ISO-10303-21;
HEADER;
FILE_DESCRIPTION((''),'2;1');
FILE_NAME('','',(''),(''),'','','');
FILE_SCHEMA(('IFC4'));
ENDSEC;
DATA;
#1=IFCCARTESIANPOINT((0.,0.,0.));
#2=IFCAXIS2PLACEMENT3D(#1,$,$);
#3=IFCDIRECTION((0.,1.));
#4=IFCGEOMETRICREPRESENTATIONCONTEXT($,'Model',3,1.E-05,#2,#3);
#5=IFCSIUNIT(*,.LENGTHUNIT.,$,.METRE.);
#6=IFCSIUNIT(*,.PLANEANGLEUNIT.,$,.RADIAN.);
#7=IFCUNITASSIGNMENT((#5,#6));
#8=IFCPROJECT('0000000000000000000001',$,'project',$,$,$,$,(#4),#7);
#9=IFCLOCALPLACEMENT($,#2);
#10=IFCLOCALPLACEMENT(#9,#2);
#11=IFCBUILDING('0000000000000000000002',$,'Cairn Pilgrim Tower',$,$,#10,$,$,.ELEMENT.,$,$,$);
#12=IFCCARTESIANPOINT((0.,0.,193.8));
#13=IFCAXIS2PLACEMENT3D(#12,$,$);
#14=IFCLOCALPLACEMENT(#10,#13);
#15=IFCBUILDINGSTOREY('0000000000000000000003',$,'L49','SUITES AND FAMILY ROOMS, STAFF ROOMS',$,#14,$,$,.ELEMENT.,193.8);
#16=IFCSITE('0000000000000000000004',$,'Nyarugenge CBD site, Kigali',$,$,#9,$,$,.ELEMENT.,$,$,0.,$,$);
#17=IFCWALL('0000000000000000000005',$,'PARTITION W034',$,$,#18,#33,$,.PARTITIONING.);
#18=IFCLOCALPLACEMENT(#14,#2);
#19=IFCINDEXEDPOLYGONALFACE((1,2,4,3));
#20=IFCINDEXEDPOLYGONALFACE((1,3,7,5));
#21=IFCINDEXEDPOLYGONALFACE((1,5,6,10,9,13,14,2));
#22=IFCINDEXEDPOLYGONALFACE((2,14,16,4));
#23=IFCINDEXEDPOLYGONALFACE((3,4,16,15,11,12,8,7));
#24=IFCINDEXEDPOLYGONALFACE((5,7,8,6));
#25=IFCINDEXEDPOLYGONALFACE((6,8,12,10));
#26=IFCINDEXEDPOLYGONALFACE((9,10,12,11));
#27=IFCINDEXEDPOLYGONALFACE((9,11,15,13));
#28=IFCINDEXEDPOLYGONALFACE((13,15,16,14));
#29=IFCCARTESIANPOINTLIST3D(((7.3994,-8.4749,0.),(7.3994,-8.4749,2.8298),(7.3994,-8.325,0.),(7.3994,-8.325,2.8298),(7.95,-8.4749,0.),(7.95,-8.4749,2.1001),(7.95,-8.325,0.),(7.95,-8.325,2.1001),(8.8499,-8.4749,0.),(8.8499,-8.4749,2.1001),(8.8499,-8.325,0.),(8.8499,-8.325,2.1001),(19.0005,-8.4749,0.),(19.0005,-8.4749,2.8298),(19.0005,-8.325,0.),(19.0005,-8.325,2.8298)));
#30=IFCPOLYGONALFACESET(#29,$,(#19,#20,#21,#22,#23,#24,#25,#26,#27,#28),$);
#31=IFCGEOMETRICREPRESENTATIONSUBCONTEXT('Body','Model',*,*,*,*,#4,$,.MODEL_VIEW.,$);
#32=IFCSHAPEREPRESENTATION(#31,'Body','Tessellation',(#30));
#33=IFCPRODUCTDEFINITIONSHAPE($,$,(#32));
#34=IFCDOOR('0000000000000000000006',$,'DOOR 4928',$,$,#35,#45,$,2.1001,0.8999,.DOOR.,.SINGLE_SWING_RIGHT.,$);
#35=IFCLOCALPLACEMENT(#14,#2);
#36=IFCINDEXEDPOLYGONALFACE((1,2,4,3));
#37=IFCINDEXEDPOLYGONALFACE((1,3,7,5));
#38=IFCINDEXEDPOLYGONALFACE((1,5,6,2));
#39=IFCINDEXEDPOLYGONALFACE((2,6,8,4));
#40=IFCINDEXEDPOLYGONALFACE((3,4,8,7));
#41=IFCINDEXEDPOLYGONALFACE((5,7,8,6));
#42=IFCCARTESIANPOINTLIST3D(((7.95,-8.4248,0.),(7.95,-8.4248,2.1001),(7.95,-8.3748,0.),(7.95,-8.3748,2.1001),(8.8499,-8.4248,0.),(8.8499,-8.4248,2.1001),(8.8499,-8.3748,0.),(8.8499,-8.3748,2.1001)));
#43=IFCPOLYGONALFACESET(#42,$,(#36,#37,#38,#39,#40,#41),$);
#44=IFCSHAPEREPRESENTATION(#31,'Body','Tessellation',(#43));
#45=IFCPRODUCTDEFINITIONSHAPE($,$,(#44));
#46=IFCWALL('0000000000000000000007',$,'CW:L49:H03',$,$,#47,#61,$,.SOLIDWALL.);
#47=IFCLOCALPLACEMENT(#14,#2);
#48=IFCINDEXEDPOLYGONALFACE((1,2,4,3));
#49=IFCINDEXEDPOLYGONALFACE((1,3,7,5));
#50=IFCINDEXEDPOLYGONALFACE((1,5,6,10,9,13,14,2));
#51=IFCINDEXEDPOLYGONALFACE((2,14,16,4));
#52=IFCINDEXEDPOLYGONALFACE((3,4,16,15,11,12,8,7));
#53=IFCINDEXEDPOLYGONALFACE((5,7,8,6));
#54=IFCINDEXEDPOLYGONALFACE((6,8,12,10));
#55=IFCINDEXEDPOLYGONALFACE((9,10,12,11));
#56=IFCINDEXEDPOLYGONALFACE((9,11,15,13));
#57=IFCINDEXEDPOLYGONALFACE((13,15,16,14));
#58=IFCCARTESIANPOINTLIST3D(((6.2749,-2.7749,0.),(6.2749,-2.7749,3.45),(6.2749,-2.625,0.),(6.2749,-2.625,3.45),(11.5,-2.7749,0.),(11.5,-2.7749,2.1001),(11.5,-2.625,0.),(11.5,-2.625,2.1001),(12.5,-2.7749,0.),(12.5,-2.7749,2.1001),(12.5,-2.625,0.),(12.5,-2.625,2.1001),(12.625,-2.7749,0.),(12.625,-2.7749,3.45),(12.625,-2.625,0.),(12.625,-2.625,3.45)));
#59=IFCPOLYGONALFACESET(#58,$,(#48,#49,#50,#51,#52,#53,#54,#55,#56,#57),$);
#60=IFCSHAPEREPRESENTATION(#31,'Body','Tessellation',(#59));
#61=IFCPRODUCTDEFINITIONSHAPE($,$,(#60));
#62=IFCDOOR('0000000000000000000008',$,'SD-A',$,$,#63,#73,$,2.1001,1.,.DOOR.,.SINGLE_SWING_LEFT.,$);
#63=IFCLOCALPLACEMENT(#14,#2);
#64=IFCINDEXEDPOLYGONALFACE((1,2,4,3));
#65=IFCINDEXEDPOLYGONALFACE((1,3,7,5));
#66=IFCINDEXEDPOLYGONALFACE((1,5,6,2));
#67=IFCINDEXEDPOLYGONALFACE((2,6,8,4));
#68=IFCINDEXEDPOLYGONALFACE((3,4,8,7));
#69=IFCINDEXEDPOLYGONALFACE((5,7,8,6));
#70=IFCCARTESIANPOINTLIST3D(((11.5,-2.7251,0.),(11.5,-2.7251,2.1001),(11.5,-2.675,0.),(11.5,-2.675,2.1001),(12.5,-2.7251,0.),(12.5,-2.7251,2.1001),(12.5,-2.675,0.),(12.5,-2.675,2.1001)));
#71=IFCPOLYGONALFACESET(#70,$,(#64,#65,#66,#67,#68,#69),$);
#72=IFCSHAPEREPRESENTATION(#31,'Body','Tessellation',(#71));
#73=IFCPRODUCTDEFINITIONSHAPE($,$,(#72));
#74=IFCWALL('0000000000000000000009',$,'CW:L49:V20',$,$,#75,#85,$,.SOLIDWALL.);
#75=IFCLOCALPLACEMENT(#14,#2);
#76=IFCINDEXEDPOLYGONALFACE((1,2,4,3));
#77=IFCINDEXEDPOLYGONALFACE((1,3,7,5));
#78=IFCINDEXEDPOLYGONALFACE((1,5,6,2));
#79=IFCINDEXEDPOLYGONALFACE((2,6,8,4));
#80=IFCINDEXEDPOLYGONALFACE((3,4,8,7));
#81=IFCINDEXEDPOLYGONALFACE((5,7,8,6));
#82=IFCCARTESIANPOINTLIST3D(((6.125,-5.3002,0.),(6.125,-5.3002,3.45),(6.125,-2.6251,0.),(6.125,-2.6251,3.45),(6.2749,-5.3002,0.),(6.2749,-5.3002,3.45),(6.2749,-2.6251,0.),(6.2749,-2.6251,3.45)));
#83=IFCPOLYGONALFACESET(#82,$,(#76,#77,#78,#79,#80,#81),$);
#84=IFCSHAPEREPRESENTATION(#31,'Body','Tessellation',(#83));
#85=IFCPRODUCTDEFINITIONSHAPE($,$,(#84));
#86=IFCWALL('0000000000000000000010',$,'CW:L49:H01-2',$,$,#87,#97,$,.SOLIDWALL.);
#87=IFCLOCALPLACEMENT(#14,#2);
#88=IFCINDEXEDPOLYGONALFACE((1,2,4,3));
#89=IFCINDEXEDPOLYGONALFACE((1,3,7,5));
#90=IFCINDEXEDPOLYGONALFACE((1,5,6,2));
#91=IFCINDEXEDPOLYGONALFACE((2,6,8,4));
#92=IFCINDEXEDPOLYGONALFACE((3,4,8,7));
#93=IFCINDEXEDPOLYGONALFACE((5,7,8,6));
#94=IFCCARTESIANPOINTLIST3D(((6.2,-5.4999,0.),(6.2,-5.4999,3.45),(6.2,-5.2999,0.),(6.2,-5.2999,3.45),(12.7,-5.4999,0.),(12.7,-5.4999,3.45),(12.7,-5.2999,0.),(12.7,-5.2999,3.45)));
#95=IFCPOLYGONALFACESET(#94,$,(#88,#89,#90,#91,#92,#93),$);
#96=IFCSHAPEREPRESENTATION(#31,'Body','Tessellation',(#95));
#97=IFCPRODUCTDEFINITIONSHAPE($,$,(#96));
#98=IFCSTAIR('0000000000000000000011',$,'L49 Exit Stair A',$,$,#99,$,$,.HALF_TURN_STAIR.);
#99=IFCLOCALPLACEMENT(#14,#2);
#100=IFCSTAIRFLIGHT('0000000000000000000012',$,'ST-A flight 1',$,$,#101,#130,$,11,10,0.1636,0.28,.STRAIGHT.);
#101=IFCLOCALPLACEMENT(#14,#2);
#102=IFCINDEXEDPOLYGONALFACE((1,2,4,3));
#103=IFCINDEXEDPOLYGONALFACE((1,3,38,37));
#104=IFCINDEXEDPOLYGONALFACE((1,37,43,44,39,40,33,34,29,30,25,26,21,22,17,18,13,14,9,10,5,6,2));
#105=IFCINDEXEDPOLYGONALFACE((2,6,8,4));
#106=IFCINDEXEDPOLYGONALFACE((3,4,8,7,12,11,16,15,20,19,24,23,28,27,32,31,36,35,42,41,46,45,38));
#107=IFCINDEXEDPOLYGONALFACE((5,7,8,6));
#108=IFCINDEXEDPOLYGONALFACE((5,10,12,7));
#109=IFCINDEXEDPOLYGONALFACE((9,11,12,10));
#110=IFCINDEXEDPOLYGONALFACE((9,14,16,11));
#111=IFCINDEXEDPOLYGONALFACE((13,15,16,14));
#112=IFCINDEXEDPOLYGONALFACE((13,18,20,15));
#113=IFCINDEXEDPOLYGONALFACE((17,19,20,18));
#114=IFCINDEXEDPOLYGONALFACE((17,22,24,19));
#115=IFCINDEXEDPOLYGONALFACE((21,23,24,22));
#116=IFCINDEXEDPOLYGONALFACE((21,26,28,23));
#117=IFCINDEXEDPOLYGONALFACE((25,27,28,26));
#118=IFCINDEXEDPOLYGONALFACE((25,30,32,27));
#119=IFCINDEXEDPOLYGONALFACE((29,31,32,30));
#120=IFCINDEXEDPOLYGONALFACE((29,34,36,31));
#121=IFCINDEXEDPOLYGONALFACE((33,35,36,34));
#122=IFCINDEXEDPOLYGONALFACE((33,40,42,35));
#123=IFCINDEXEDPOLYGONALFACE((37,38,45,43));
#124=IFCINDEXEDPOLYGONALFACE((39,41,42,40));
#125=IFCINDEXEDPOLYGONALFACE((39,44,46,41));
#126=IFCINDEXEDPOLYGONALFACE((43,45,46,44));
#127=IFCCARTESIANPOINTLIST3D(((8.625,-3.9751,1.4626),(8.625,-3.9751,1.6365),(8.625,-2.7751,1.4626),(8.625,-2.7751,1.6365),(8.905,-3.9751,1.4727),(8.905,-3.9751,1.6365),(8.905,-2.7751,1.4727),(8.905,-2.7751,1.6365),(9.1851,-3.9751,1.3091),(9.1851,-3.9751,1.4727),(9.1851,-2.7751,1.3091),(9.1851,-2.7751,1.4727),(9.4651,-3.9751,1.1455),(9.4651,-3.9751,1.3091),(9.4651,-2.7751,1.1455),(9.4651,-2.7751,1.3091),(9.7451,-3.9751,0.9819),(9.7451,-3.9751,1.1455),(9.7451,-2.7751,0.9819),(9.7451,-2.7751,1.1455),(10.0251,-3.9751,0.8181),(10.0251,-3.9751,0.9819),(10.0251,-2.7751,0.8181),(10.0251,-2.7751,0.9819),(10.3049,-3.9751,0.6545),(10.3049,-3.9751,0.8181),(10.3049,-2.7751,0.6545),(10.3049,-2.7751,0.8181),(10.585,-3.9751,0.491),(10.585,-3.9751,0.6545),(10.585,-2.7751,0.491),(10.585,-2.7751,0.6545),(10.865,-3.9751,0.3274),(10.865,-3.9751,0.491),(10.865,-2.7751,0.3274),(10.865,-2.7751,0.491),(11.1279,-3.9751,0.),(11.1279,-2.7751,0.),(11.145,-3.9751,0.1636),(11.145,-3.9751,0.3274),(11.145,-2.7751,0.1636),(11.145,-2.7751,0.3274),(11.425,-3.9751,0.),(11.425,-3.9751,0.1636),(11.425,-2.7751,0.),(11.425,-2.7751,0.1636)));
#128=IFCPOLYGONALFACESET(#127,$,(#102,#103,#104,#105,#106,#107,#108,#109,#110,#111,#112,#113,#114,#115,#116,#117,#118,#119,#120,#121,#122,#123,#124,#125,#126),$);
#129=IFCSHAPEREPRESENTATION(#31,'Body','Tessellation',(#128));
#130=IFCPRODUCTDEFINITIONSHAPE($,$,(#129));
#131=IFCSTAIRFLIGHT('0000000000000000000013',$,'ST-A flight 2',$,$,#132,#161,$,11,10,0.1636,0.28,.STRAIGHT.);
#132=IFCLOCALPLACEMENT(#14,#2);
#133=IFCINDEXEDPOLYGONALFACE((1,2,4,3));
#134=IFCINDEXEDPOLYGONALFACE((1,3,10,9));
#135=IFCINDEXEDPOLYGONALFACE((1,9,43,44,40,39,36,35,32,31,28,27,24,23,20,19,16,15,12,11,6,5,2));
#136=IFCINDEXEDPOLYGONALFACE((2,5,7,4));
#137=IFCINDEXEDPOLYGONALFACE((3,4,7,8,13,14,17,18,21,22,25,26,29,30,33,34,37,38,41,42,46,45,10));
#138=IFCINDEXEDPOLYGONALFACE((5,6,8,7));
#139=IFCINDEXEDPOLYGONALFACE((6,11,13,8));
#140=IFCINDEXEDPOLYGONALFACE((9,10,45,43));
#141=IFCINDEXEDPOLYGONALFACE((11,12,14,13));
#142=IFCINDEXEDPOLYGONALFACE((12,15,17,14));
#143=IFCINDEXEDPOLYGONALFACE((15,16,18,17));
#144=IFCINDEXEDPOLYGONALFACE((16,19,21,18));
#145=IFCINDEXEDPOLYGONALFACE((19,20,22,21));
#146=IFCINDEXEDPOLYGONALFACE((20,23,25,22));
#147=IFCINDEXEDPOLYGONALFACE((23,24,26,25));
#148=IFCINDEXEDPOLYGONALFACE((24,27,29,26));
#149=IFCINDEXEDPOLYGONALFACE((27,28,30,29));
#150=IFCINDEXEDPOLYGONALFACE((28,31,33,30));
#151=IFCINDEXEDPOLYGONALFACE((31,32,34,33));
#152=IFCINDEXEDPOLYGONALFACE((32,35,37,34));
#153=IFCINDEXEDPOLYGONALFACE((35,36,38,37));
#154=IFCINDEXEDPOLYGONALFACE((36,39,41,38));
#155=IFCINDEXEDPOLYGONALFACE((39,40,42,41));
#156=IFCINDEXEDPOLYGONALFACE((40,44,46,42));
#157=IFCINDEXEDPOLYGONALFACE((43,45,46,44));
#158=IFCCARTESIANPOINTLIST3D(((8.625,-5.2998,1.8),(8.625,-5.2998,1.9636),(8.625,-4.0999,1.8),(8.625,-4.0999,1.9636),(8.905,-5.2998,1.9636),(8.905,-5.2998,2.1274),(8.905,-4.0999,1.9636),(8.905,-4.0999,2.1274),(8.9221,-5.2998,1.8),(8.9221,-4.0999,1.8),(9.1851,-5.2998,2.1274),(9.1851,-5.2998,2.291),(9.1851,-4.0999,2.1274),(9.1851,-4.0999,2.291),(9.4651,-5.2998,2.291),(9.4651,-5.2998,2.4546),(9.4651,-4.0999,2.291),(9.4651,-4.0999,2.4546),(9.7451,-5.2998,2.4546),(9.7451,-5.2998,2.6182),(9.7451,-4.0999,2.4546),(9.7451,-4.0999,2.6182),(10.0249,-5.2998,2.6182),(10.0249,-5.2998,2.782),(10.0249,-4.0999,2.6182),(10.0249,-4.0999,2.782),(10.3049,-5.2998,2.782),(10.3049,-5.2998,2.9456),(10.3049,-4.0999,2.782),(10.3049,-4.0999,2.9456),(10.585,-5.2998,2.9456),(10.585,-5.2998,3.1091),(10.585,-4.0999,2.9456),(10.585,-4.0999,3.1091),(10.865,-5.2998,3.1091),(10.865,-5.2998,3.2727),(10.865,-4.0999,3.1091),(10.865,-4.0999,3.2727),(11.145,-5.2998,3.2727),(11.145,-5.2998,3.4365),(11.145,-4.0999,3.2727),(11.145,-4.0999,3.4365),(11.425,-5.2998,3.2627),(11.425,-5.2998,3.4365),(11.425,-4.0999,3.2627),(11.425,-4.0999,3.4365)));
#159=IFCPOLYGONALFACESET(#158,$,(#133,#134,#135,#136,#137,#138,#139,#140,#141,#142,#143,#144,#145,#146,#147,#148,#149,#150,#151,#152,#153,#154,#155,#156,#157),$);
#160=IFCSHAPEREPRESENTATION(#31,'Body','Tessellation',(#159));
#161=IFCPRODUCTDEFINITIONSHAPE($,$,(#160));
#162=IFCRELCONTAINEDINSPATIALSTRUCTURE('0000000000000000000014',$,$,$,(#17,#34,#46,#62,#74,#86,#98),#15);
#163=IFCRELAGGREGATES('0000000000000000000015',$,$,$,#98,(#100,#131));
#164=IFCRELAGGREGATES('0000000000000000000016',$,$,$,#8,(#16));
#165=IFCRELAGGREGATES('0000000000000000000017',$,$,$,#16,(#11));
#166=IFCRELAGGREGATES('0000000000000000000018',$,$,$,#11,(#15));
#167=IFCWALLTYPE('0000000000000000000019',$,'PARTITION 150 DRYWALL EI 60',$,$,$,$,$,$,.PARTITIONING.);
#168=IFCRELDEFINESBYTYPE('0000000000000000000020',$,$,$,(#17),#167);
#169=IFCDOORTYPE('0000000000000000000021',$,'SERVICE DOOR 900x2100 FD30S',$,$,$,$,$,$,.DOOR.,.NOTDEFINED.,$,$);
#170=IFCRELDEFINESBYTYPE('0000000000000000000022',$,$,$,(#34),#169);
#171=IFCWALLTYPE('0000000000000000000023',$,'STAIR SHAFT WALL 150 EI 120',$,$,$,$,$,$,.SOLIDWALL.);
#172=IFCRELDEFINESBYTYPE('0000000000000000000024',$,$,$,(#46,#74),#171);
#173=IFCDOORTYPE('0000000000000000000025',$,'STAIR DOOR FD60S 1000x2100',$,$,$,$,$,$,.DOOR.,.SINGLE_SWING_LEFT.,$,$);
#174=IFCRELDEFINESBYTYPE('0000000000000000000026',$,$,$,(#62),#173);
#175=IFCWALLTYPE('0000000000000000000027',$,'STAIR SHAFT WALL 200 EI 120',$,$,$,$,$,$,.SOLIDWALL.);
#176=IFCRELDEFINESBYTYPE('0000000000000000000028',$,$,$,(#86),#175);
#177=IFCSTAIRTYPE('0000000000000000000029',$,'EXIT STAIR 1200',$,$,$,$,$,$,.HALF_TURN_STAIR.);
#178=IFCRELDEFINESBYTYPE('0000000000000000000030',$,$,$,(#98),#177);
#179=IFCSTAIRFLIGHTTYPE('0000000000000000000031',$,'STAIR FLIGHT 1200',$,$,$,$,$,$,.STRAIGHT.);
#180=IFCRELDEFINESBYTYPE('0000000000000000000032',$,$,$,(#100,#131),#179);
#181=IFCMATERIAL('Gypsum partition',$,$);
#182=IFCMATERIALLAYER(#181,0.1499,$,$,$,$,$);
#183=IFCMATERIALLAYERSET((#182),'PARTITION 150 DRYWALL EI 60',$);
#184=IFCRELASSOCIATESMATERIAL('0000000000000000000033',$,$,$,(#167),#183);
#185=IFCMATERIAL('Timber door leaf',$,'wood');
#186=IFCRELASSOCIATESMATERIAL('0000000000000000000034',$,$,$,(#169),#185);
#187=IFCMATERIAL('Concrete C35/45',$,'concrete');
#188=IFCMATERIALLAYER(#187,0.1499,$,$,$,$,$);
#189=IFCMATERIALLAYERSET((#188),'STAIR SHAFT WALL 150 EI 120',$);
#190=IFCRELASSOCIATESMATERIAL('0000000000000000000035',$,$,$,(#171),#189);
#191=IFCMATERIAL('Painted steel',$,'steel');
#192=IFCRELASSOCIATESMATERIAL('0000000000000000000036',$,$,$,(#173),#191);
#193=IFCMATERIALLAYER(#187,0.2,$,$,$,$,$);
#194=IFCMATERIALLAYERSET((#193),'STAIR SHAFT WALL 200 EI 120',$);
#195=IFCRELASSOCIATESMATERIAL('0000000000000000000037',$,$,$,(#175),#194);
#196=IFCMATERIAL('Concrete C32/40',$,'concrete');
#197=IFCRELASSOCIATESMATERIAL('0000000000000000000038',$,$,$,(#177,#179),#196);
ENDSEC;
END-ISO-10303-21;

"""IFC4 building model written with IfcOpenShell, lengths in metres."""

from ifc_helpers import new_model, si_unit, direction, frame, frame_2d, origin, place, context, subcontext, project, spatial, polyline, rectangle, outline, extrude, material, layer, layer_set, type_object, element, fill, aggregate, save


model = new_model("IFC4")

# Units and contexts
model_context = context("Model", 3, precision=1e-05, world=origin(), true_north=direction((0.0, 1.0)))
body_context = subcontext(model_context, "Body", "Model", "MODEL_VIEW")
ifc_project = project(units=[si_unit("LENGTHUNIT", "METRE"), si_unit("PLANEANGLEUNIT", "RADIAN")], contexts=[model_context])

# Site, building, storey
site_placement = place(None, origin())
site = spatial("IfcSite", under=ifc_project, at=site_placement, Name="Nyarugenge CBD site, Kigali", CompositionType="ELEMENT", RefElevation=0.0)
building_placement = place(site_placement, origin())
building = spatial("IfcBuilding", under=site, at=building_placement, Name="Cairn Pilgrim Tower", CompositionType="ELEMENT")
storey_placement = place(building_placement, frame((0.0, 0.0, 193.8)))
storey = spatial("IfcBuildingStorey", under=building, at=storey_placement, Name="L49", Description="SUITES AND FAMILY ROOMS, STAFF ROOMS", CompositionType="ELEMENT", Elevation=193.8)

# Shared definitions
ifc_material_1 = material(Name="Concrete C32/40", Category="concrete")

# Walls, openings, doors
ifc_material_2 = material(Name="Gypsum partition")
ifc_layer_1 = layer(ifc_material_2, 0.1499)
ifc_layer_set_1 = layer_set([ifc_layer_1], Name="PARTITION 150 DRYWALL EI 60")
wall_type_1 = type_object("IfcWallType", Name="PARTITION 150 DRYWALL EI 60", PredefinedType="PARTITIONING", material=ifc_layer_set_1)
wall_1_placement = place(storey_placement, frame((7.3994, -8.3999, 0.0), z_axis=(0.0, 0.0, 1.0), x_axis=(1.0, 0.0, 0.0)))
wall_1 = element("IfcWall", 1, at=wall_1_placement, inside=storey, type_object=wall_type_1, Name="PARTITION W034", PredefinedType="PARTITIONING", context=body_context, shape_type="SweptSolid", body=[
    extrude(rectangle(XDim=11.6011, YDim=0.1499, at=frame_2d((5.8005, 0.0))), origin(), (0.0, 0.0, 1.0), 2.8298),
])
opening_1_placement = place(wall_1_placement, frame((0.5505, 0.0, 0.0)))
opening_1 = element("IfcOpeningElement", 2, at=opening_1_placement, cuts=wall_1, PredefinedType="OPENING", context=body_context, shape_type="SweptSolid", body=[
    extrude(rectangle(XDim=0.8999, YDim=2.1001, at=frame_2d((0.45, 1.05))), frame((0.0, 0.085, 0.0), z_axis=(0.0, -1.0, 0.0), x_axis=(1.0, 0.0, 0.0)), (0.0, 0.0, 1.0), 0.1699),
])
ifc_material_3 = material(Name="Timber door leaf", Category="wood")
door_type_1 = type_object("IfcDoorType", Name="SERVICE DOOR 900x2100 FD30S", OperationType="NOTDEFINED", PredefinedType="DOOR", material=ifc_material_3)
door_1_placement = place(opening_1_placement, frame((0.8999, 0.0, 0.0), z_axis=(0.0, 0.0, 1.0), x_axis=(-1.0, 0.0, 0.0)))
door_1 = element("IfcDoor", 3, at=door_1_placement, inside=storey, type_object=door_type_1, Name="DOOR 4928", OperationType="SINGLE_SWING_RIGHT", OverallHeight=2.1001, OverallWidth=0.8999, PredefinedType="DOOR", context=body_context, shape_type="SweptSolid", body=[
    extrude(rectangle(XDim=0.8999, YDim=2.1001, at=frame_2d((0.45, 1.05))), frame((0.0, 0.0249, 0.0), z_axis=(0.0, -1.0, 0.0), x_axis=(1.0, 0.0, 0.0)), (0.0, 0.0, 1.0), 0.05),
])
fill(opening_1, door_1)
ifc_material_4 = material(Name="Concrete C35/45", Category="concrete")
ifc_layer_2 = layer(ifc_material_4, 0.1499)
ifc_layer_set_2 = layer_set([ifc_layer_2], Name="STAIR SHAFT WALL 150 EI 120")
wall_type_2 = type_object("IfcWallType", Name="STAIR SHAFT WALL 150 EI 120", PredefinedType="SOLIDWALL", material=ifc_layer_set_2)
wall_2_placement = place(storey_placement, frame((6.2749, -2.7, 0.0), z_axis=(0.0, 0.0, 1.0), x_axis=(1.0, 0.0, 0.0)))
wall_2 = element("IfcWall", 4, at=wall_2_placement, inside=storey, type_object=wall_type_2, Name="CW:L49:H03", PredefinedType="SOLIDWALL", context=body_context, shape_type="SweptSolid", body=[
    extrude(rectangle(XDim=6.3501, YDim=0.1499, at=frame_2d((3.175, 0.0))), origin(), (0.0, 0.0, 1.0), 3.45),
])
opening_2_placement = place(wall_2_placement, frame((5.2251, 0.0, 0.0)))
opening_2 = element("IfcOpeningElement", 5, at=opening_2_placement, cuts=wall_2, PredefinedType="OPENING", context=body_context, shape_type="SweptSolid", body=[
    extrude(rectangle(XDim=1.0, YDim=2.1001, at=frame_2d((0.5, 1.05))), frame((0.0, 0.085, 0.0), z_axis=(0.0, -1.0, 0.0), x_axis=(1.0, 0.0, 0.0)), (0.0, 0.0, 1.0), 0.1699),
])
ifc_material_5 = material(Name="Painted steel", Category="steel")
door_type_2 = type_object("IfcDoorType", Name="STAIR DOOR FD60S 1000x2100", OperationType="SINGLE_SWING_LEFT", PredefinedType="DOOR", material=ifc_material_5)
door_2_placement = place(opening_2_placement, origin())
door_2 = element("IfcDoor", 6, at=door_2_placement, inside=storey, type_object=door_type_2, Name="SD-A", OperationType="SINGLE_SWING_LEFT", OverallHeight=2.1001, OverallWidth=1.0, PredefinedType="DOOR", context=body_context, shape_type="SweptSolid", body=[
    extrude(rectangle(XDim=1.0, YDim=2.1001, at=frame_2d((0.5, 1.05))), frame((0.0, 0.0249, 0.0), z_axis=(0.0, -1.0, 0.0), x_axis=(1.0, 0.0, 0.0)), (0.0, 0.0, 1.0), 0.05),
])
fill(opening_2, door_2)

# Walls
wall_3_placement = place(storey_placement, frame((6.2, -5.3, 0.0), z_axis=(0.0, 0.0, 1.0), x_axis=(0.0, 1.0, 0.0)))
element("IfcWall", 7, at=wall_3_placement, inside=storey, type_object=wall_type_2, Name="CW:L49:V20", PredefinedType="SOLIDWALL", context=body_context, shape_type="SweptSolid", body=[
    extrude(rectangle(XDim=2.675, YDim=0.1499, at=frame_2d((1.3374, 0.0))), origin(), (0.0, 0.0, 1.0), 3.45),
])
ifc_layer_3 = layer(ifc_material_4, 0.2)
ifc_layer_set_3 = layer_set([ifc_layer_3], Name="STAIR SHAFT WALL 200 EI 120")
wall_type_3 = type_object("IfcWallType", Name="STAIR SHAFT WALL 200 EI 120", PredefinedType="SOLIDWALL", material=ifc_layer_set_3)
wall_4_placement = place(storey_placement, frame((6.2, -5.3999, 0.0), z_axis=(0.0, 0.0, 1.0), x_axis=(1.0, 0.0, 0.0)))
element("IfcWall", 8, at=wall_4_placement, inside=storey, type_object=wall_type_3, Name="CW:L49:H01-2", PredefinedType="SOLIDWALL", context=body_context, shape_type="SweptSolid", body=[
    extrude(rectangle(XDim=6.5, YDim=0.2, at=frame_2d((3.25, 0.0))), origin(), (0.0, 0.0, 1.0), 3.45),
])

# Stair, stair flights
stair_type = type_object("IfcStairType", Name="EXIT STAIR 1200", PredefinedType="HALF_TURN_STAIR", material=ifc_material_1)
stair_placement = place(storey_placement, origin())
stair = element("IfcStair", 9, at=stair_placement, inside=storey, type_object=stair_type, Name="L49 Exit Stair A", PredefinedType="HALF_TURN_STAIR")
stair_flight_type = type_object("IfcStairFlightType", Name="STAIR FLIGHT 1200", PredefinedType="STRAIGHT", material=ifc_material_1)
stair_flight_1_placement = place(storey_placement, frame((11.425, -3.375, 0.0), z_axis=(0.0, 0.0, 1.0), x_axis=(-1.0, 0.0, 0.0)))
stair_flight_1 = element("IfcStairFlight", 10, at=stair_flight_1_placement, type_object=stair_flight_type, Name="ST-A flight 1", NumberOfRisers=11, NumberOfTreads=10, PredefinedType="STRAIGHT", RiserHeight=0.1636, TreadLength=0.28, context=body_context, shape_type="SweptSolid", body=[
    extrude(outline(polyline([(0.0, 0.0), (0.0, 0.1636), (0.28, 0.1636), (0.28, 0.3274), (0.5601, 0.3274), (0.5601, 0.491), (0.8401, 0.491), (0.8401, 0.6545), (1.1201, 0.6545), (1.1201, 0.8181), (1.3999, 0.8181), (1.3999, 0.9819), (1.6799, 0.9819), (1.6799, 1.1455), (1.96, 1.1455), (1.96, 1.3091), (2.24, 1.3091), (2.24, 1.4727), (2.52, 1.4727), (2.52, 1.6365), (2.8, 1.6365), (2.8, 1.8), (2.8, 1.4626), (0.2971, 0.0), (0.0, 0.0)])), frame((0.0, 0.6001, 0.0), z_axis=(0.0, -1.0, 0.0), x_axis=(1.0, 0.0, 0.0)), (0.0, 0.0, 1.0), 1.2),
])
stair_flight_2_placement = place(storey_placement, frame((8.625, -4.7, 1.8), z_axis=(0.0, 0.0, 1.0), x_axis=(1.0, 0.0, 0.0)))
stair_flight_2 = element("IfcStairFlight", 11, at=stair_flight_2_placement, type_object=stair_flight_type, Name="ST-A flight 2", NumberOfRisers=11, NumberOfTreads=10, PredefinedType="STRAIGHT", RiserHeight=0.1636, TreadLength=0.28, context=body_context, shape_type="SweptSolid", body=[
    extrude(outline(polyline([(0.0, 0.0), (0.0, 0.1636), (0.28, 0.1636), (0.28, 0.3274), (0.5601, 0.3274), (0.5601, 0.491), (0.8401, 0.491), (0.8401, 0.6545), (1.1201, 0.6545), (1.1201, 0.8181), (1.3999, 0.8181), (1.3999, 0.9819), (1.6799, 0.9819), (1.6799, 1.1455), (1.96, 1.1455), (1.96, 1.3091), (2.24, 1.3091), (2.24, 1.4727), (2.52, 1.4727), (2.52, 1.6365), (2.8, 1.6365), (2.8, 1.8), (2.8, 1.4626), (0.2971, 0.0), (0.0, 0.0)])), frame((0.0, 0.6001, 0.0), z_axis=(0.0, -1.0, 0.0), x_axis=(1.0, 0.0, 0.0)), (0.0, 0.0, 1.0), 1.2),
])
aggregate(stair, [stair_flight_1, stair_flight_2])

save(model, "model.ifc")
